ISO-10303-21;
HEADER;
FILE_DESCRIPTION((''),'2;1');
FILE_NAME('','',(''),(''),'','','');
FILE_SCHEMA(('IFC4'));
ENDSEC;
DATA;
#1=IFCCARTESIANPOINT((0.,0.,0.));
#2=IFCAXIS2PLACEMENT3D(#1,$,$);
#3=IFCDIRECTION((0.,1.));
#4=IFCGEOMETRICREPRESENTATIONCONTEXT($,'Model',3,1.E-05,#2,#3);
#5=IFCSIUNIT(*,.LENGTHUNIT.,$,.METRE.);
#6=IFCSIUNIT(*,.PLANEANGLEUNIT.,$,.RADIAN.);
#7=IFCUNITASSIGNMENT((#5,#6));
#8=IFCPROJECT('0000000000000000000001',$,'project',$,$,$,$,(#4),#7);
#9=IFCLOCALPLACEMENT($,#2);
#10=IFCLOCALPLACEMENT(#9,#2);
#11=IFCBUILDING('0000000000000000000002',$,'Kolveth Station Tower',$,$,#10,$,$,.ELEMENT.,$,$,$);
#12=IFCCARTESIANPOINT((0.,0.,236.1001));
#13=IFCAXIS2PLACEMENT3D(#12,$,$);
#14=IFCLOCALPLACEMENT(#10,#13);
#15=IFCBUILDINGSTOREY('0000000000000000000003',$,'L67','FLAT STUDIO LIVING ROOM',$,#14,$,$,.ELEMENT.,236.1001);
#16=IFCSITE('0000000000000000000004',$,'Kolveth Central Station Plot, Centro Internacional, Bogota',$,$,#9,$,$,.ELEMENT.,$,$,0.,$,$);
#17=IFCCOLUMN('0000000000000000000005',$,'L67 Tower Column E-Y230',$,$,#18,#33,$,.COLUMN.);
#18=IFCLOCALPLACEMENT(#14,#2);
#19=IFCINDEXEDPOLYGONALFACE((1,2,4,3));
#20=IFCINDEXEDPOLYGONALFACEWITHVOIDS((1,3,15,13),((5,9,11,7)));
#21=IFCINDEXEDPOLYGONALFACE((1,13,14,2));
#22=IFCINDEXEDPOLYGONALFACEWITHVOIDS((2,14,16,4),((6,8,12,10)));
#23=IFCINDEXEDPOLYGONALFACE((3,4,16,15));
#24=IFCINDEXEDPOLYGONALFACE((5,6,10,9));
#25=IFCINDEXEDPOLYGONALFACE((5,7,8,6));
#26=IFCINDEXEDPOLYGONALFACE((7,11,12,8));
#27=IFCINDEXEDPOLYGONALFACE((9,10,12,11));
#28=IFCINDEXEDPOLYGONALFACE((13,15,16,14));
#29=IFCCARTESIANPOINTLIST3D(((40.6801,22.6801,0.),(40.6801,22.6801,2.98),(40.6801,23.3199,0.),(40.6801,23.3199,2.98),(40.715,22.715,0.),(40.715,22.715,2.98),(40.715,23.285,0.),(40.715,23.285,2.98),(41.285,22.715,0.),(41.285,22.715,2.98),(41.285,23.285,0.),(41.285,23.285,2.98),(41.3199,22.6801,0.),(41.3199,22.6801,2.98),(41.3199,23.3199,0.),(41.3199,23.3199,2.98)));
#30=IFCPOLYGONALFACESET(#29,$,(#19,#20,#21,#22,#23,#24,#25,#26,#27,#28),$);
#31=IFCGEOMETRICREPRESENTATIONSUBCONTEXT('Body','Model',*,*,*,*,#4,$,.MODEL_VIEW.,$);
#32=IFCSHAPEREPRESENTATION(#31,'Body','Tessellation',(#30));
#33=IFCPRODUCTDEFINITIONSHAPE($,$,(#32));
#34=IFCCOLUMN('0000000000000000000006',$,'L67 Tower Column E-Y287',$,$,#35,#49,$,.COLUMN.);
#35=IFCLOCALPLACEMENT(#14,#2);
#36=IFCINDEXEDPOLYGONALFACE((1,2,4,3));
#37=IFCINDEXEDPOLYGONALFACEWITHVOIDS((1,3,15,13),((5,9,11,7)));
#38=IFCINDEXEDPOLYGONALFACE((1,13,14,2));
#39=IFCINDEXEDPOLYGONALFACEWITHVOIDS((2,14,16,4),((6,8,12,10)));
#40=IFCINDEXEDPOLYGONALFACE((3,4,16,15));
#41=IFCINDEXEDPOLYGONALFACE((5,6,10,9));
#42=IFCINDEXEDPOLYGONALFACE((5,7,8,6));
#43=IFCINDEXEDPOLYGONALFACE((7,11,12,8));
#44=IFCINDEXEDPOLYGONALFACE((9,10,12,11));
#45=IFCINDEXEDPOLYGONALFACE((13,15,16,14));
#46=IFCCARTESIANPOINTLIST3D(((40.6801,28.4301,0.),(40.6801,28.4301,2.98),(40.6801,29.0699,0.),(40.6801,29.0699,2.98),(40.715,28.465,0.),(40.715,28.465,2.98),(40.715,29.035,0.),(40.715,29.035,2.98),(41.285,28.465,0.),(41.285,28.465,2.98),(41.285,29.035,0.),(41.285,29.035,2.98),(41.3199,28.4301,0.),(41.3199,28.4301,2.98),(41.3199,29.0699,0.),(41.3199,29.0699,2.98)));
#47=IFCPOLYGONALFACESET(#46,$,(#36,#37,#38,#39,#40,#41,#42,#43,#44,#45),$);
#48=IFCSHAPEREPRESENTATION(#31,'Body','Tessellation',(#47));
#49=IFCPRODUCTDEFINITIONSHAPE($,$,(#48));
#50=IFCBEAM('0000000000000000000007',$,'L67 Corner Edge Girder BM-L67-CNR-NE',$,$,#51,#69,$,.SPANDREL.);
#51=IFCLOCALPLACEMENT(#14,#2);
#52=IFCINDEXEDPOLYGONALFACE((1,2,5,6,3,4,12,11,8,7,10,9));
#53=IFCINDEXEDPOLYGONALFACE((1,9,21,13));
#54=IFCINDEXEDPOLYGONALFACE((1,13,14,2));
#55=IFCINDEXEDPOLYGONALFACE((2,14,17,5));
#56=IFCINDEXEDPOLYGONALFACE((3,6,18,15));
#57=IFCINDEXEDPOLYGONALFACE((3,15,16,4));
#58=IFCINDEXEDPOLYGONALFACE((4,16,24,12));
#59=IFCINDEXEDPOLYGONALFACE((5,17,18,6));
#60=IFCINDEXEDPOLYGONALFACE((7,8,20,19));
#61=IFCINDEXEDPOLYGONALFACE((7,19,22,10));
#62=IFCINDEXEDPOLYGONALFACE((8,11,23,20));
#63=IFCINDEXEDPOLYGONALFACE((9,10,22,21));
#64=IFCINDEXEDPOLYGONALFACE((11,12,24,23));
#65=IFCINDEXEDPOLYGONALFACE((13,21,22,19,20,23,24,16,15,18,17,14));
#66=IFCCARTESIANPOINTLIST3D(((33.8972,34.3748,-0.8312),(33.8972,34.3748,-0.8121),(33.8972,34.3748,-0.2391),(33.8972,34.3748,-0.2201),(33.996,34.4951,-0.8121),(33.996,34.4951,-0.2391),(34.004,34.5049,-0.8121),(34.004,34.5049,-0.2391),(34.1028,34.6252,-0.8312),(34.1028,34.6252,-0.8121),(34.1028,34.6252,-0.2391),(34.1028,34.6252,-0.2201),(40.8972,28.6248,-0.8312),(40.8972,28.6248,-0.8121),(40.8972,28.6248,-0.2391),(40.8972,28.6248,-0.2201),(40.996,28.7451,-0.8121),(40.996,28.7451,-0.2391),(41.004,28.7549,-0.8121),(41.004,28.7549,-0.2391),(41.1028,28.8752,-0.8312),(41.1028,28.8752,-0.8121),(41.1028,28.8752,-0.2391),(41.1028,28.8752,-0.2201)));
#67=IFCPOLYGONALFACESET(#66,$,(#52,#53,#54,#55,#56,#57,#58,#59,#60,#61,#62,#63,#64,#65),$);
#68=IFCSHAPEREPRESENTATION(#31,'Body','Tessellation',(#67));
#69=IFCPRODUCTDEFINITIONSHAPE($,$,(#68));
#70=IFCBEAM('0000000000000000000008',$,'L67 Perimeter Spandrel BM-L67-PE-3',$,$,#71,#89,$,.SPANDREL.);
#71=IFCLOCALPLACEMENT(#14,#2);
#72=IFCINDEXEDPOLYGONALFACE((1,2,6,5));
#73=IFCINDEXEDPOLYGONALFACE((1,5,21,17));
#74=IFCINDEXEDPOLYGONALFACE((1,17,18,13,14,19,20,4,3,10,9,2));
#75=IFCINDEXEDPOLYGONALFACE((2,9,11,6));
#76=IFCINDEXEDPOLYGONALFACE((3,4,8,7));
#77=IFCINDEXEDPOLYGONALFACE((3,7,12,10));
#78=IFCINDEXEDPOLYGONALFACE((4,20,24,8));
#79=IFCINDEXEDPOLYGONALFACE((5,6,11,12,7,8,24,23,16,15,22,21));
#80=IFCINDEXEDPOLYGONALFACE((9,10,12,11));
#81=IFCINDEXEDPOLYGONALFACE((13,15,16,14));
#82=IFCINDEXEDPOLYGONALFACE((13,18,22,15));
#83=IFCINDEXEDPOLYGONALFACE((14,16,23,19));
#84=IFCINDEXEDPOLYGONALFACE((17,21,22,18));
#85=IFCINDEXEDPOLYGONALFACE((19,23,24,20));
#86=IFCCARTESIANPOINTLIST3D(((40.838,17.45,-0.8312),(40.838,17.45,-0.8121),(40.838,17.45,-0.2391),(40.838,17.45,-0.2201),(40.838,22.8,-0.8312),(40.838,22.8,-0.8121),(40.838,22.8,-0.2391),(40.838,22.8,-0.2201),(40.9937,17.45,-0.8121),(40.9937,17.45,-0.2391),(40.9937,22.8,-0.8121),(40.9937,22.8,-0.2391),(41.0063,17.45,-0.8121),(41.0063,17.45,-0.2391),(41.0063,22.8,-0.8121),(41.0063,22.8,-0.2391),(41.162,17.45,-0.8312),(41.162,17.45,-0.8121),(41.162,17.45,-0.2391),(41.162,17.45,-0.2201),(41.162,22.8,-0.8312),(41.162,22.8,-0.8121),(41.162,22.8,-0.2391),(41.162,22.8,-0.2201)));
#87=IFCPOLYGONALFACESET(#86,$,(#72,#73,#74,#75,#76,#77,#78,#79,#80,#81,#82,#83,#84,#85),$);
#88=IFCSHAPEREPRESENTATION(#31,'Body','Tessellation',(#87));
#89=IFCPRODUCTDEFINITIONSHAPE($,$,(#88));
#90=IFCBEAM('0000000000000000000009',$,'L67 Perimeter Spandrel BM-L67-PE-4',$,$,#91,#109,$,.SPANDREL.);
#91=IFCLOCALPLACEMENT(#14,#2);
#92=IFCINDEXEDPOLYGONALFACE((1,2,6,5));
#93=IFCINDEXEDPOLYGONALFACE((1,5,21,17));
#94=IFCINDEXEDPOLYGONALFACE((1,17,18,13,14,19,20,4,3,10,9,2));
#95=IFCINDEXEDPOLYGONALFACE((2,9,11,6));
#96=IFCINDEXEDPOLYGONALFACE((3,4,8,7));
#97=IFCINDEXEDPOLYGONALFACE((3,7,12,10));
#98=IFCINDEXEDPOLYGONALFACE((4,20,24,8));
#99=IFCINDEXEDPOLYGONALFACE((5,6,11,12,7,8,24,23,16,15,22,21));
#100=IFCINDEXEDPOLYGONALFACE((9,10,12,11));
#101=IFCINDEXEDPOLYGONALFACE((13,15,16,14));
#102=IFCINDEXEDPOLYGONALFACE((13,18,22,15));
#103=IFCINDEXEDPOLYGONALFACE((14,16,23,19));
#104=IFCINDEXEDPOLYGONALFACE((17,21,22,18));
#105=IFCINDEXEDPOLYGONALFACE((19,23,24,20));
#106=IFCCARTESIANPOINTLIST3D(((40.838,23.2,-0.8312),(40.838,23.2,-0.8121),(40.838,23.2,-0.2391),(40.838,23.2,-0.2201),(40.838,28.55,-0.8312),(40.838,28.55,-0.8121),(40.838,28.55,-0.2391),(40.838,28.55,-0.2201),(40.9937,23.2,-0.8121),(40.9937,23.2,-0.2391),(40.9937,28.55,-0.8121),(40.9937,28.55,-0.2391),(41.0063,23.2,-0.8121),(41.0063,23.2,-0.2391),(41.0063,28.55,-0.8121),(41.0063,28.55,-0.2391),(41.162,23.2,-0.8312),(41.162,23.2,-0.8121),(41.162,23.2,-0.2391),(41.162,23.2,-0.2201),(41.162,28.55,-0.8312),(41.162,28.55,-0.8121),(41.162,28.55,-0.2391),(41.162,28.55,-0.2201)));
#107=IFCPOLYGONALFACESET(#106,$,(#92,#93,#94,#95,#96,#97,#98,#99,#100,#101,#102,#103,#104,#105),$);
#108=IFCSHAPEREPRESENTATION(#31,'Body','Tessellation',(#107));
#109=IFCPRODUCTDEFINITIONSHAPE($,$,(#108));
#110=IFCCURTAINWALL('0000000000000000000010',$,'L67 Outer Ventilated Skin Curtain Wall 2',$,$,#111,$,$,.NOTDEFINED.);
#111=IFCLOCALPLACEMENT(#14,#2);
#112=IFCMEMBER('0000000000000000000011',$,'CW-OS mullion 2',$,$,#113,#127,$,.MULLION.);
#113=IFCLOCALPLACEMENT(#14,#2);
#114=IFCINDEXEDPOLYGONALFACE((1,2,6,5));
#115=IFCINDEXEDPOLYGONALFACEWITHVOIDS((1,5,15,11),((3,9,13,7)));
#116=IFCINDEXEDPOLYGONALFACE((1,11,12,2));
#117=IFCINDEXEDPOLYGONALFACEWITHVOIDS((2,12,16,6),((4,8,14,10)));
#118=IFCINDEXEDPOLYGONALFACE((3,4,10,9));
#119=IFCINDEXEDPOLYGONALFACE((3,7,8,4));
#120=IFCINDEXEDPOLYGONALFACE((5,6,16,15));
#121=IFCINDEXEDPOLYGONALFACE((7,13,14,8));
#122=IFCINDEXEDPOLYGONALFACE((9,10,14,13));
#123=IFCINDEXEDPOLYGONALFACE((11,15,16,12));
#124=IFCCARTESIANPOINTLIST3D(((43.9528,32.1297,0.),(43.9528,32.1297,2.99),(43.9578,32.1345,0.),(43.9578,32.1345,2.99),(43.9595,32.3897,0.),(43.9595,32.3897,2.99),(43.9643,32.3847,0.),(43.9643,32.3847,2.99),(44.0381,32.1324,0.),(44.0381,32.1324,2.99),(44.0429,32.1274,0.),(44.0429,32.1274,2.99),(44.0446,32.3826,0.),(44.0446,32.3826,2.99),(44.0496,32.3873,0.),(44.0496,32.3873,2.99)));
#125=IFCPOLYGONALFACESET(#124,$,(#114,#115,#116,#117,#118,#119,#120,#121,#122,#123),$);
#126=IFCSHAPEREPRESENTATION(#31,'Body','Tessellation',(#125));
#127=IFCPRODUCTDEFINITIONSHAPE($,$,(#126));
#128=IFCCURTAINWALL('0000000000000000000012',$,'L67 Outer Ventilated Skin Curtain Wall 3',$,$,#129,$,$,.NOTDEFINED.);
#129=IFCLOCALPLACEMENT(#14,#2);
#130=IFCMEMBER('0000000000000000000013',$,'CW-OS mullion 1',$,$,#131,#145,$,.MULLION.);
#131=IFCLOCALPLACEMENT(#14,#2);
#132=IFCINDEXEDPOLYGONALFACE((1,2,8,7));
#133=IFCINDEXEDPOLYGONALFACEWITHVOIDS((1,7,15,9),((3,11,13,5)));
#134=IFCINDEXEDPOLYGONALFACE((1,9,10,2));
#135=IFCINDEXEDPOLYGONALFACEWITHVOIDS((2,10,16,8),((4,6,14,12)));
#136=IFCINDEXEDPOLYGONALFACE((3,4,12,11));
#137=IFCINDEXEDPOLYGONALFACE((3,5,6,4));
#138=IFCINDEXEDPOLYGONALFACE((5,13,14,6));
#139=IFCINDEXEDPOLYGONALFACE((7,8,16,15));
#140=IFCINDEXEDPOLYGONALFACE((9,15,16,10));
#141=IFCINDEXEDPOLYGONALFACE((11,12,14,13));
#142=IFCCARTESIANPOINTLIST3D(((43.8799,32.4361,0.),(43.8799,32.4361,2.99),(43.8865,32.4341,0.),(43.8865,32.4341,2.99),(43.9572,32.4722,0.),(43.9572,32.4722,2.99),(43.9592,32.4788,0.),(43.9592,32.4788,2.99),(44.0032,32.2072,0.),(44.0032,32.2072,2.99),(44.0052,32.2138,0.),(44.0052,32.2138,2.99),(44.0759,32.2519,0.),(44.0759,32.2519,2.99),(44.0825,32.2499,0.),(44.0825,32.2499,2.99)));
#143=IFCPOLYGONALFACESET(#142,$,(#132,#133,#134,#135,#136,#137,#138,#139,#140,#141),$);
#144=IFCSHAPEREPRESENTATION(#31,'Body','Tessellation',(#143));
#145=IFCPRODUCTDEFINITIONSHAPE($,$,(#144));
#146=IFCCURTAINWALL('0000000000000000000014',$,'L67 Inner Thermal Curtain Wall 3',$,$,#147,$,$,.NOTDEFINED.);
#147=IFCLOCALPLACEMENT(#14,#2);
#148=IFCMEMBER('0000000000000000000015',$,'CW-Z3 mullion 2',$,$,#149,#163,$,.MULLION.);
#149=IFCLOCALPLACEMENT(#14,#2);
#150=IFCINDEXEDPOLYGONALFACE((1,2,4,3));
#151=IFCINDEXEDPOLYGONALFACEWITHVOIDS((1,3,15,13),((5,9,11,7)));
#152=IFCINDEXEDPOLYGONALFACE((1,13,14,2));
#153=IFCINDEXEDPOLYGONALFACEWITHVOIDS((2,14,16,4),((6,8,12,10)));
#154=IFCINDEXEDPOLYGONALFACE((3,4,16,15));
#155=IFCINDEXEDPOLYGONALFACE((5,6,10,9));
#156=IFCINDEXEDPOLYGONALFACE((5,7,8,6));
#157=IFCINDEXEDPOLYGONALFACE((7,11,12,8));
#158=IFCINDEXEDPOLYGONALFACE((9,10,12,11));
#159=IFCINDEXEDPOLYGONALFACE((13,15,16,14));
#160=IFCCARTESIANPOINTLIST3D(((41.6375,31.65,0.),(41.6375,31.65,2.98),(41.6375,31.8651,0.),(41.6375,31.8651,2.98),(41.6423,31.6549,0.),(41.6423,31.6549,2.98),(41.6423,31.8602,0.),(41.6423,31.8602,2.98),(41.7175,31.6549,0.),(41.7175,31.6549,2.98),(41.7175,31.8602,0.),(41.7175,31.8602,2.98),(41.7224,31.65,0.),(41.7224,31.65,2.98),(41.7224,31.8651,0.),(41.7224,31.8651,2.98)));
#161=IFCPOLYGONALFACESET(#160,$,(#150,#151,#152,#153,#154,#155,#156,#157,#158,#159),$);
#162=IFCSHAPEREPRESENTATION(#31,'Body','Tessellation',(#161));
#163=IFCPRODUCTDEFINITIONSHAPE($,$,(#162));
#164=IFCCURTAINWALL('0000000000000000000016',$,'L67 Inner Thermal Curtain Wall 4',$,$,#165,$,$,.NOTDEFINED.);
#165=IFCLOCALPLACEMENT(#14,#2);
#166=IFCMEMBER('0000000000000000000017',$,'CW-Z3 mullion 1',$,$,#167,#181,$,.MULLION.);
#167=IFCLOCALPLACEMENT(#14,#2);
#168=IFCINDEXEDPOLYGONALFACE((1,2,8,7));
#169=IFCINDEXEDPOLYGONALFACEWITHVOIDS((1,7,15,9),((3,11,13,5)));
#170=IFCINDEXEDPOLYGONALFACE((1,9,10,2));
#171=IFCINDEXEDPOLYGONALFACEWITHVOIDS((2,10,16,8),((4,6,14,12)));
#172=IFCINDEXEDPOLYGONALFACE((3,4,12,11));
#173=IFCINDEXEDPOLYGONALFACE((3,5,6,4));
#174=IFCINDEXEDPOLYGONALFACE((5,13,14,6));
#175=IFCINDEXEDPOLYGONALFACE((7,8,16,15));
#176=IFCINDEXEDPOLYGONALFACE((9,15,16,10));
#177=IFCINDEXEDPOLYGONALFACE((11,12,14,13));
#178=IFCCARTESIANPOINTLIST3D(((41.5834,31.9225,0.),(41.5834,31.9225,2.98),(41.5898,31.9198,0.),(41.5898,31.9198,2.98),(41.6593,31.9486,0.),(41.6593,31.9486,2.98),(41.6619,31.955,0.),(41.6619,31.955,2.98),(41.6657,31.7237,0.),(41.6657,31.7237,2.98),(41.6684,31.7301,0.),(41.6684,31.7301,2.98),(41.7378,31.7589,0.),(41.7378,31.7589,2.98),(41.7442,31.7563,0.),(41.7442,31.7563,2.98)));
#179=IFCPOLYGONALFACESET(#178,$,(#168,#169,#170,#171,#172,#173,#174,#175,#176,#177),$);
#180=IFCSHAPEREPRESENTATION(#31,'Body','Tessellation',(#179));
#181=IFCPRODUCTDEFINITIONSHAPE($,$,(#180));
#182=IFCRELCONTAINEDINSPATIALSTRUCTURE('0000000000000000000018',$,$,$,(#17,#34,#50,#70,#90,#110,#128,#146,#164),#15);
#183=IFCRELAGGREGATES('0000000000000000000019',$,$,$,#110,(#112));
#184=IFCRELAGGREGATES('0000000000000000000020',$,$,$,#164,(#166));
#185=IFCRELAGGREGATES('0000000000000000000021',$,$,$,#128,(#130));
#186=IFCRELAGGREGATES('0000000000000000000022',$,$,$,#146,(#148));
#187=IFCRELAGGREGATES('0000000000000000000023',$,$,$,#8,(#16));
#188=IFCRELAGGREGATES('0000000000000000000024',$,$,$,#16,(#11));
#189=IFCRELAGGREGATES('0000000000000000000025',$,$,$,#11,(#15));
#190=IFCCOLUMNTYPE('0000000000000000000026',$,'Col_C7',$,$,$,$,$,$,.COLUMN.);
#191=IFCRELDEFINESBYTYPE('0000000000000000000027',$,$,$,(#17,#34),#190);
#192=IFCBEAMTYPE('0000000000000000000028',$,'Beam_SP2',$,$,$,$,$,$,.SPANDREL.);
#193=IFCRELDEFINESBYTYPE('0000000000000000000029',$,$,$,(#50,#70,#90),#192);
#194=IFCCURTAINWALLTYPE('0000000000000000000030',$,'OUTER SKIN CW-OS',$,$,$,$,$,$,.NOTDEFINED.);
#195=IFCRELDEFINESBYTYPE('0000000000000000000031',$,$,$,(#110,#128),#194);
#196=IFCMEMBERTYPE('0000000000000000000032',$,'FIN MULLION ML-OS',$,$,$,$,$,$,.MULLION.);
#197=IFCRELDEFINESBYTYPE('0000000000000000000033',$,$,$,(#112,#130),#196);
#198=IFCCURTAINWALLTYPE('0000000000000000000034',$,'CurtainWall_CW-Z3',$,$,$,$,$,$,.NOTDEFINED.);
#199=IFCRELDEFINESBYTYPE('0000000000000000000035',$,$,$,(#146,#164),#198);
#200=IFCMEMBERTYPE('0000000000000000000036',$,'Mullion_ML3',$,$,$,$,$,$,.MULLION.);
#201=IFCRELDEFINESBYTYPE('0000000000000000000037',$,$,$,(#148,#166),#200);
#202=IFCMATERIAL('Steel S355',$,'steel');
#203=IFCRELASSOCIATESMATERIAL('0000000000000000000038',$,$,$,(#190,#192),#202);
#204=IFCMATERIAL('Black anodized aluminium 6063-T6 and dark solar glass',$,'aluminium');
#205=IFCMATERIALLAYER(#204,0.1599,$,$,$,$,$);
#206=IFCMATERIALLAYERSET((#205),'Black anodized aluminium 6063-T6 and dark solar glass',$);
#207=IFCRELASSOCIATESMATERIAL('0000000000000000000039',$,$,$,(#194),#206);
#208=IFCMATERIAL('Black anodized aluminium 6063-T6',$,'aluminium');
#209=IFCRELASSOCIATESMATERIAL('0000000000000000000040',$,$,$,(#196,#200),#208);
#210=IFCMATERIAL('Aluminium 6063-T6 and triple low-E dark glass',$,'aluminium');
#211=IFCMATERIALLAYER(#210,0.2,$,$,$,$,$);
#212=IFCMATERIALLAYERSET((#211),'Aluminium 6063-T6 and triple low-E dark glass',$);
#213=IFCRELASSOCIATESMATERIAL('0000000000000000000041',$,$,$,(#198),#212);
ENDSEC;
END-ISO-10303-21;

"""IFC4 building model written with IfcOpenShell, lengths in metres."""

from ifc_helpers import new_model, si_unit, direction, frame, origin, origin_2d, place, context, subcontext, project, spatial, hollow_rectangle, i_section, extrude, source, transform, mapped, material, layer, layer_set, material_profile, profile_set, type_object, element, aggregate, save


model = new_model("IFC4")

# Units and contexts
model_context = context("Model", 3, precision=1e-05, world=origin(), true_north=direction((0.0, 1.0)))
body_context = subcontext(model_context, "Body", "Model", "MODEL_VIEW")
ifc_project = project(units=[si_unit("LENGTHUNIT", "METRE"), si_unit("PLANEANGLEUNIT", "RADIAN")], contexts=[model_context])

# Site, building, storey
site_placement = place(None, origin())
site = spatial("IfcSite", under=ifc_project, at=site_placement, Name="Kolveth Central Station Plot, Centro Internacional, Bogota", CompositionType="ELEMENT", RefElevation=0.0)
building_placement = place(site_placement, origin())
building = spatial("IfcBuilding", under=site, at=building_placement, Name="Kolveth Station Tower", CompositionType="ELEMENT")
storey_placement = place(building_placement, frame((0.0, 0.0, 236.1001)))
storey = spatial("IfcBuildingStorey", under=building, at=storey_placement, Name="L67", Description="FLAT STUDIO LIVING ROOM", CompositionType="ELEMENT", Elevation=236.1001)

# Columns
ifc_material_1 = material(Name="Steel S355", Category="steel")
ifc_material_profile_1 = material_profile(ifc_material_1, hollow_rectangle(XDim=0.6399, YDim=0.6399, WallThickness=0.0349, at=origin_2d()), Name="BOX640x640x35")
ifc_profile_set_1 = profile_set([ifc_material_profile_1], Name="Steel S355")
column_type = type_object("IfcColumnType", Name="Col_C7", PredefinedType="COLUMN", material=ifc_profile_set_1)
shared_shape_1 = source(origin(), body_context, "Body", "SweptSolid", [
    extrude(hollow_rectangle(XDim=0.6399, YDim=0.6399, WallThickness=0.0349, at=origin_2d()), origin(), (0.0, 0.0, 1.0), 2.98),
])
for number, where, z_axis, x_axis, name in (
    (1, (41.0, 23.0, 0.0), (0.0, 0.0, 1.0), (1.0, 0.0, 0.0), "L67 Tower Column E-Y230"),
    (2, (41.0, 28.75, 0.0), (0.0, 0.0, 1.0), (1.0, 0.0, 0.0), "L67 Tower Column E-Y287"),
):
    element("IfcColumn", number, at=place(storey_placement, frame(where, z_axis=z_axis, x_axis=x_axis)), inside=storey, type_object=column_type, Name=name, PredefinedType="COLUMN", context=body_context, shape_type="MappedRepresentation", body=[
        mapped(shared_shape_1, transform((0.0, 0.0, 0.0), x_axis=(1.0, 0.0, 0.0), y_axis=(0.0, 1.0, 0.0), z_axis=(0.0, 0.0, 1.0), scale=1.0)),
    ])

# Beams
ifc_material_profile_2 = material_profile(ifc_material_1, i_section(OverallWidth=0.324, OverallDepth=0.6111, WebThickness=0.0127, FlangeThickness=0.019, at=origin_2d()), Name="W610x155")
ifc_profile_set_2 = profile_set([ifc_material_profile_2], Name="Steel S355")
beam_type = type_object("IfcBeamType", Name="Beam_SP2", PredefinedType="SPANDREL", material=ifc_profile_set_2)
shared_shape_2 = source(origin(), body_context, "Body", "SweptSolid", [
    extrude(i_section(OverallWidth=0.324, OverallDepth=0.6111, WebThickness=0.0127, FlangeThickness=0.019, at=origin_2d()), origin(), (0.0, 0.0, 1.0), 9.0588),
])
beam_placement = place(storey_placement, frame((41.0, 28.75, -0.5256), z_axis=(-0.772726, 0.634739, 0.0), x_axis=(-0.634739, -0.772726, 0.0)))
element("IfcBeam", 3, at=beam_placement, inside=storey, type_object=beam_type, Name="L67 Corner Edge Girder BM-L67-CNR-NE", PredefinedType="SPANDREL", context=body_context, shape_type="MappedRepresentation", body=[
    mapped(shared_shape_2, transform((0.0, 0.0, 0.0), x_axis=(1.0, 0.0, 0.0), y_axis=(0.0, 1.0, 0.0), z_axis=(0.0, 0.0, 1.0), scale=1.0)),
])
shared_shape_3 = source(origin(), body_context, "Body", "SweptSolid", [
    extrude(i_section(OverallWidth=0.324, OverallDepth=0.6111, WebThickness=0.0127, FlangeThickness=0.019, at=origin_2d()), origin(), (0.0, 0.0, 1.0), 5.3501),
])
for number, where, z_axis, x_axis, name in (
    (4, (41.0, 17.45, -0.5256), (0.0, 1.0, 0.0), (-1.0, 0.0, 0.0), "L67 Perimeter Spandrel BM-L67-PE-3"),
    (5, (41.0, 23.2, -0.5256), (0.0, 1.0, 0.0), (-1.0, 0.0, 0.0), "L67 Perimeter Spandrel BM-L67-PE-4"),
):
    element("IfcBeam", number, at=place(storey_placement, frame(where, z_axis=z_axis, x_axis=x_axis)), inside=storey, type_object=beam_type, Name=name, PredefinedType="SPANDREL", context=body_context, shape_type="MappedRepresentation", body=[
        mapped(shared_shape_3, transform((0.0, 0.0, 0.0), x_axis=(1.0, 0.0, 0.0), y_axis=(0.0, 1.0, 0.0), z_axis=(0.0, 0.0, 1.0), scale=1.0)),
    ])

# Curtain walls, members
ifc_material_2 = material(Name="Black anodized aluminium 6063-T6 and dark solar glass", Category="aluminium")
ifc_layer_1 = layer(ifc_material_2, 0.1599)
ifc_layer_set_1 = layer_set([ifc_layer_1], Name="Black anodized aluminium 6063-T6 and dark solar glass")
curtain_wall_type_1 = type_object("IfcCurtainWallType", Name="OUTER SKIN CW-OS", PredefinedType="NOTDEFINED", material=ifc_layer_set_1)
curtain_wall_1_placement = place(storey_placement, origin())
curtain_wall_1 = element("IfcCurtainWall", 6, at=curtain_wall_1_placement, inside=storey, type_object=curtain_wall_type_1, Name="L67 Outer Ventilated Skin Curtain Wall 2", PredefinedType="NOTDEFINED")
ifc_material_3 = material(Name="Black anodized aluminium 6063-T6", Category="aluminium")
ifc_material_profile_3 = material_profile(ifc_material_3, hollow_rectangle(XDim=0.0901, YDim=0.26, WallThickness=0.0049, at=origin_2d()), Name="ALU-90x260x5")
ifc_profile_set_3 = profile_set([ifc_material_profile_3], Name="Black anodized aluminium 6063-T6")
member_type_1 = type_object("IfcMemberType", Name="FIN MULLION ML-OS", PredefinedType="MULLION", material=ifc_profile_set_3)
shared_shape_4 = source(origin(), body_context, "Body", "SweptSolid", [
    extrude(hollow_rectangle(XDim=0.0901, YDim=0.26, WallThickness=0.0049, at=origin_2d()), origin(), (0.0, 0.0, 1.0), 2.99),
])
member_1_placement = place(storey_placement, frame((44.0012, 32.2585, 0.0), z_axis=(0.0, 0.0, 1.0), x_axis=(-0.999667, 0.025823, 0.0)))
member_1 = element("IfcMember", 7, at=member_1_placement, type_object=member_type_1, Name="CW-OS mullion 2", PredefinedType="MULLION", context=body_context, shape_type="MappedRepresentation", body=[
    mapped(shared_shape_4, transform((0.0, 0.0, 0.0), x_axis=(1.0, 0.0, 0.0), y_axis=(0.0, 1.0, 0.0), z_axis=(0.0, 0.0, 1.0), scale=1.0)),
])
aggregate(curtain_wall_1, [member_1])
curtain_wall_2_placement = place(storey_placement, origin())
curtain_wall_2 = element("IfcCurtainWall", 8, at=curtain_wall_2_placement, inside=storey, type_object=curtain_wall_type_1, Name="L67 Outer Ventilated Skin Curtain Wall 3", PredefinedType="NOTDEFINED")
member_2_placement = place(storey_placement, frame((43.9812, 32.343, 0.0), z_axis=(0.0, 0.0, 1.0), x_axis=(-0.880317, -0.474385, 0.0)))
member_2 = element("IfcMember", 9, at=member_2_placement, type_object=member_type_1, Name="CW-OS mullion 1", PredefinedType="MULLION", context=body_context, shape_type="MappedRepresentation", body=[
    mapped(shared_shape_4, transform((0.0, 0.0, 0.0), x_axis=(1.0, 0.0, 0.0), y_axis=(0.0, 1.0, 0.0), z_axis=(0.0, 0.0, 1.0), scale=1.0)),
])
ifc_material_4 = material(Name="Aluminium 6063-T6 and triple low-E dark glass", Category="aluminium")
ifc_layer_2 = layer(ifc_material_4, 0.2)
ifc_layer_set_2 = layer_set([ifc_layer_2], Name="Aluminium 6063-T6 and triple low-E dark glass")
curtain_wall_type_2 = type_object("IfcCurtainWallType", Name="CurtainWall_CW-Z3", PredefinedType="NOTDEFINED", material=ifc_layer_set_2)
curtain_wall_3_placement = place(storey_placement, origin())
curtain_wall_3 = element("IfcCurtainWall", 10, at=curtain_wall_3_placement, inside=storey, type_object=curtain_wall_type_2, Name="L67 Inner Thermal Curtain Wall 3", PredefinedType="NOTDEFINED")
ifc_material_profile_4 = material_profile(ifc_material_3, hollow_rectangle(XDim=0.085, YDim=0.2151, WallThickness=0.0049, at=origin_2d()), Name="ALU-85x215x5")
ifc_profile_set_4 = profile_set([ifc_material_profile_4], Name="Black anodized aluminium 6063-T6")
member_type_2 = type_object("IfcMemberType", Name="Mullion_ML3", PredefinedType="MULLION", material=ifc_profile_set_4)
shared_shape_5 = source(origin(), body_context, "Body", "SweptSolid", [
    extrude(hollow_rectangle(XDim=0.085, YDim=0.2151, WallThickness=0.0049, at=origin_2d()), origin(), (0.0, 0.0, 1.0), 2.98),
])
member_3_placement = place(storey_placement, frame((41.6799, 31.7576, 0.0), z_axis=(0.0, 0.0, 1.0), x_axis=(-1.0, 0.0, 0.0)))
member_3 = element("IfcMember", 11, at=member_3_placement, type_object=member_type_2, Name="CW-Z3 mullion 2", PredefinedType="MULLION", context=body_context, shape_type="MappedRepresentation", body=[
    mapped(shared_shape_5, transform((0.0, 0.0, 0.0), x_axis=(1.0, 0.0, 0.0), y_axis=(0.0, 1.0, 0.0), z_axis=(0.0, 0.0, 1.0), scale=1.0)),
])

# Curtain wall, member
curtain_wall_4_placement = place(storey_placement, origin())
curtain_wall_4 = element("IfcCurtainWall", 12, at=curtain_wall_4_placement, inside=storey, type_object=curtain_wall_type_2, Name="L67 Inner Thermal Curtain Wall 4", PredefinedType="NOTDEFINED")
member_4_placement = place(storey_placement, frame((41.6638, 31.8394, 0.0), z_axis=(0.0, 0.0, 1.0), x_axis=(-0.923875, -0.382693, 0.0)))
member_4 = element("IfcMember", 13, at=member_4_placement, type_object=member_type_2, Name="CW-Z3 mullion 1", PredefinedType="MULLION", context=body_context, shape_type="MappedRepresentation", body=[
    mapped(shared_shape_5, transform((0.0, 0.0, 0.0), x_axis=(1.0, 0.0, 0.0), y_axis=(0.0, 1.0, 0.0), z_axis=(0.0, 0.0, 1.0), scale=1.0)),
])
aggregate(curtain_wall_4, [member_4])

aggregate(curtain_wall_2, [member_2])

aggregate(curtain_wall_3, [member_3])

save(model, "model.ifc")
